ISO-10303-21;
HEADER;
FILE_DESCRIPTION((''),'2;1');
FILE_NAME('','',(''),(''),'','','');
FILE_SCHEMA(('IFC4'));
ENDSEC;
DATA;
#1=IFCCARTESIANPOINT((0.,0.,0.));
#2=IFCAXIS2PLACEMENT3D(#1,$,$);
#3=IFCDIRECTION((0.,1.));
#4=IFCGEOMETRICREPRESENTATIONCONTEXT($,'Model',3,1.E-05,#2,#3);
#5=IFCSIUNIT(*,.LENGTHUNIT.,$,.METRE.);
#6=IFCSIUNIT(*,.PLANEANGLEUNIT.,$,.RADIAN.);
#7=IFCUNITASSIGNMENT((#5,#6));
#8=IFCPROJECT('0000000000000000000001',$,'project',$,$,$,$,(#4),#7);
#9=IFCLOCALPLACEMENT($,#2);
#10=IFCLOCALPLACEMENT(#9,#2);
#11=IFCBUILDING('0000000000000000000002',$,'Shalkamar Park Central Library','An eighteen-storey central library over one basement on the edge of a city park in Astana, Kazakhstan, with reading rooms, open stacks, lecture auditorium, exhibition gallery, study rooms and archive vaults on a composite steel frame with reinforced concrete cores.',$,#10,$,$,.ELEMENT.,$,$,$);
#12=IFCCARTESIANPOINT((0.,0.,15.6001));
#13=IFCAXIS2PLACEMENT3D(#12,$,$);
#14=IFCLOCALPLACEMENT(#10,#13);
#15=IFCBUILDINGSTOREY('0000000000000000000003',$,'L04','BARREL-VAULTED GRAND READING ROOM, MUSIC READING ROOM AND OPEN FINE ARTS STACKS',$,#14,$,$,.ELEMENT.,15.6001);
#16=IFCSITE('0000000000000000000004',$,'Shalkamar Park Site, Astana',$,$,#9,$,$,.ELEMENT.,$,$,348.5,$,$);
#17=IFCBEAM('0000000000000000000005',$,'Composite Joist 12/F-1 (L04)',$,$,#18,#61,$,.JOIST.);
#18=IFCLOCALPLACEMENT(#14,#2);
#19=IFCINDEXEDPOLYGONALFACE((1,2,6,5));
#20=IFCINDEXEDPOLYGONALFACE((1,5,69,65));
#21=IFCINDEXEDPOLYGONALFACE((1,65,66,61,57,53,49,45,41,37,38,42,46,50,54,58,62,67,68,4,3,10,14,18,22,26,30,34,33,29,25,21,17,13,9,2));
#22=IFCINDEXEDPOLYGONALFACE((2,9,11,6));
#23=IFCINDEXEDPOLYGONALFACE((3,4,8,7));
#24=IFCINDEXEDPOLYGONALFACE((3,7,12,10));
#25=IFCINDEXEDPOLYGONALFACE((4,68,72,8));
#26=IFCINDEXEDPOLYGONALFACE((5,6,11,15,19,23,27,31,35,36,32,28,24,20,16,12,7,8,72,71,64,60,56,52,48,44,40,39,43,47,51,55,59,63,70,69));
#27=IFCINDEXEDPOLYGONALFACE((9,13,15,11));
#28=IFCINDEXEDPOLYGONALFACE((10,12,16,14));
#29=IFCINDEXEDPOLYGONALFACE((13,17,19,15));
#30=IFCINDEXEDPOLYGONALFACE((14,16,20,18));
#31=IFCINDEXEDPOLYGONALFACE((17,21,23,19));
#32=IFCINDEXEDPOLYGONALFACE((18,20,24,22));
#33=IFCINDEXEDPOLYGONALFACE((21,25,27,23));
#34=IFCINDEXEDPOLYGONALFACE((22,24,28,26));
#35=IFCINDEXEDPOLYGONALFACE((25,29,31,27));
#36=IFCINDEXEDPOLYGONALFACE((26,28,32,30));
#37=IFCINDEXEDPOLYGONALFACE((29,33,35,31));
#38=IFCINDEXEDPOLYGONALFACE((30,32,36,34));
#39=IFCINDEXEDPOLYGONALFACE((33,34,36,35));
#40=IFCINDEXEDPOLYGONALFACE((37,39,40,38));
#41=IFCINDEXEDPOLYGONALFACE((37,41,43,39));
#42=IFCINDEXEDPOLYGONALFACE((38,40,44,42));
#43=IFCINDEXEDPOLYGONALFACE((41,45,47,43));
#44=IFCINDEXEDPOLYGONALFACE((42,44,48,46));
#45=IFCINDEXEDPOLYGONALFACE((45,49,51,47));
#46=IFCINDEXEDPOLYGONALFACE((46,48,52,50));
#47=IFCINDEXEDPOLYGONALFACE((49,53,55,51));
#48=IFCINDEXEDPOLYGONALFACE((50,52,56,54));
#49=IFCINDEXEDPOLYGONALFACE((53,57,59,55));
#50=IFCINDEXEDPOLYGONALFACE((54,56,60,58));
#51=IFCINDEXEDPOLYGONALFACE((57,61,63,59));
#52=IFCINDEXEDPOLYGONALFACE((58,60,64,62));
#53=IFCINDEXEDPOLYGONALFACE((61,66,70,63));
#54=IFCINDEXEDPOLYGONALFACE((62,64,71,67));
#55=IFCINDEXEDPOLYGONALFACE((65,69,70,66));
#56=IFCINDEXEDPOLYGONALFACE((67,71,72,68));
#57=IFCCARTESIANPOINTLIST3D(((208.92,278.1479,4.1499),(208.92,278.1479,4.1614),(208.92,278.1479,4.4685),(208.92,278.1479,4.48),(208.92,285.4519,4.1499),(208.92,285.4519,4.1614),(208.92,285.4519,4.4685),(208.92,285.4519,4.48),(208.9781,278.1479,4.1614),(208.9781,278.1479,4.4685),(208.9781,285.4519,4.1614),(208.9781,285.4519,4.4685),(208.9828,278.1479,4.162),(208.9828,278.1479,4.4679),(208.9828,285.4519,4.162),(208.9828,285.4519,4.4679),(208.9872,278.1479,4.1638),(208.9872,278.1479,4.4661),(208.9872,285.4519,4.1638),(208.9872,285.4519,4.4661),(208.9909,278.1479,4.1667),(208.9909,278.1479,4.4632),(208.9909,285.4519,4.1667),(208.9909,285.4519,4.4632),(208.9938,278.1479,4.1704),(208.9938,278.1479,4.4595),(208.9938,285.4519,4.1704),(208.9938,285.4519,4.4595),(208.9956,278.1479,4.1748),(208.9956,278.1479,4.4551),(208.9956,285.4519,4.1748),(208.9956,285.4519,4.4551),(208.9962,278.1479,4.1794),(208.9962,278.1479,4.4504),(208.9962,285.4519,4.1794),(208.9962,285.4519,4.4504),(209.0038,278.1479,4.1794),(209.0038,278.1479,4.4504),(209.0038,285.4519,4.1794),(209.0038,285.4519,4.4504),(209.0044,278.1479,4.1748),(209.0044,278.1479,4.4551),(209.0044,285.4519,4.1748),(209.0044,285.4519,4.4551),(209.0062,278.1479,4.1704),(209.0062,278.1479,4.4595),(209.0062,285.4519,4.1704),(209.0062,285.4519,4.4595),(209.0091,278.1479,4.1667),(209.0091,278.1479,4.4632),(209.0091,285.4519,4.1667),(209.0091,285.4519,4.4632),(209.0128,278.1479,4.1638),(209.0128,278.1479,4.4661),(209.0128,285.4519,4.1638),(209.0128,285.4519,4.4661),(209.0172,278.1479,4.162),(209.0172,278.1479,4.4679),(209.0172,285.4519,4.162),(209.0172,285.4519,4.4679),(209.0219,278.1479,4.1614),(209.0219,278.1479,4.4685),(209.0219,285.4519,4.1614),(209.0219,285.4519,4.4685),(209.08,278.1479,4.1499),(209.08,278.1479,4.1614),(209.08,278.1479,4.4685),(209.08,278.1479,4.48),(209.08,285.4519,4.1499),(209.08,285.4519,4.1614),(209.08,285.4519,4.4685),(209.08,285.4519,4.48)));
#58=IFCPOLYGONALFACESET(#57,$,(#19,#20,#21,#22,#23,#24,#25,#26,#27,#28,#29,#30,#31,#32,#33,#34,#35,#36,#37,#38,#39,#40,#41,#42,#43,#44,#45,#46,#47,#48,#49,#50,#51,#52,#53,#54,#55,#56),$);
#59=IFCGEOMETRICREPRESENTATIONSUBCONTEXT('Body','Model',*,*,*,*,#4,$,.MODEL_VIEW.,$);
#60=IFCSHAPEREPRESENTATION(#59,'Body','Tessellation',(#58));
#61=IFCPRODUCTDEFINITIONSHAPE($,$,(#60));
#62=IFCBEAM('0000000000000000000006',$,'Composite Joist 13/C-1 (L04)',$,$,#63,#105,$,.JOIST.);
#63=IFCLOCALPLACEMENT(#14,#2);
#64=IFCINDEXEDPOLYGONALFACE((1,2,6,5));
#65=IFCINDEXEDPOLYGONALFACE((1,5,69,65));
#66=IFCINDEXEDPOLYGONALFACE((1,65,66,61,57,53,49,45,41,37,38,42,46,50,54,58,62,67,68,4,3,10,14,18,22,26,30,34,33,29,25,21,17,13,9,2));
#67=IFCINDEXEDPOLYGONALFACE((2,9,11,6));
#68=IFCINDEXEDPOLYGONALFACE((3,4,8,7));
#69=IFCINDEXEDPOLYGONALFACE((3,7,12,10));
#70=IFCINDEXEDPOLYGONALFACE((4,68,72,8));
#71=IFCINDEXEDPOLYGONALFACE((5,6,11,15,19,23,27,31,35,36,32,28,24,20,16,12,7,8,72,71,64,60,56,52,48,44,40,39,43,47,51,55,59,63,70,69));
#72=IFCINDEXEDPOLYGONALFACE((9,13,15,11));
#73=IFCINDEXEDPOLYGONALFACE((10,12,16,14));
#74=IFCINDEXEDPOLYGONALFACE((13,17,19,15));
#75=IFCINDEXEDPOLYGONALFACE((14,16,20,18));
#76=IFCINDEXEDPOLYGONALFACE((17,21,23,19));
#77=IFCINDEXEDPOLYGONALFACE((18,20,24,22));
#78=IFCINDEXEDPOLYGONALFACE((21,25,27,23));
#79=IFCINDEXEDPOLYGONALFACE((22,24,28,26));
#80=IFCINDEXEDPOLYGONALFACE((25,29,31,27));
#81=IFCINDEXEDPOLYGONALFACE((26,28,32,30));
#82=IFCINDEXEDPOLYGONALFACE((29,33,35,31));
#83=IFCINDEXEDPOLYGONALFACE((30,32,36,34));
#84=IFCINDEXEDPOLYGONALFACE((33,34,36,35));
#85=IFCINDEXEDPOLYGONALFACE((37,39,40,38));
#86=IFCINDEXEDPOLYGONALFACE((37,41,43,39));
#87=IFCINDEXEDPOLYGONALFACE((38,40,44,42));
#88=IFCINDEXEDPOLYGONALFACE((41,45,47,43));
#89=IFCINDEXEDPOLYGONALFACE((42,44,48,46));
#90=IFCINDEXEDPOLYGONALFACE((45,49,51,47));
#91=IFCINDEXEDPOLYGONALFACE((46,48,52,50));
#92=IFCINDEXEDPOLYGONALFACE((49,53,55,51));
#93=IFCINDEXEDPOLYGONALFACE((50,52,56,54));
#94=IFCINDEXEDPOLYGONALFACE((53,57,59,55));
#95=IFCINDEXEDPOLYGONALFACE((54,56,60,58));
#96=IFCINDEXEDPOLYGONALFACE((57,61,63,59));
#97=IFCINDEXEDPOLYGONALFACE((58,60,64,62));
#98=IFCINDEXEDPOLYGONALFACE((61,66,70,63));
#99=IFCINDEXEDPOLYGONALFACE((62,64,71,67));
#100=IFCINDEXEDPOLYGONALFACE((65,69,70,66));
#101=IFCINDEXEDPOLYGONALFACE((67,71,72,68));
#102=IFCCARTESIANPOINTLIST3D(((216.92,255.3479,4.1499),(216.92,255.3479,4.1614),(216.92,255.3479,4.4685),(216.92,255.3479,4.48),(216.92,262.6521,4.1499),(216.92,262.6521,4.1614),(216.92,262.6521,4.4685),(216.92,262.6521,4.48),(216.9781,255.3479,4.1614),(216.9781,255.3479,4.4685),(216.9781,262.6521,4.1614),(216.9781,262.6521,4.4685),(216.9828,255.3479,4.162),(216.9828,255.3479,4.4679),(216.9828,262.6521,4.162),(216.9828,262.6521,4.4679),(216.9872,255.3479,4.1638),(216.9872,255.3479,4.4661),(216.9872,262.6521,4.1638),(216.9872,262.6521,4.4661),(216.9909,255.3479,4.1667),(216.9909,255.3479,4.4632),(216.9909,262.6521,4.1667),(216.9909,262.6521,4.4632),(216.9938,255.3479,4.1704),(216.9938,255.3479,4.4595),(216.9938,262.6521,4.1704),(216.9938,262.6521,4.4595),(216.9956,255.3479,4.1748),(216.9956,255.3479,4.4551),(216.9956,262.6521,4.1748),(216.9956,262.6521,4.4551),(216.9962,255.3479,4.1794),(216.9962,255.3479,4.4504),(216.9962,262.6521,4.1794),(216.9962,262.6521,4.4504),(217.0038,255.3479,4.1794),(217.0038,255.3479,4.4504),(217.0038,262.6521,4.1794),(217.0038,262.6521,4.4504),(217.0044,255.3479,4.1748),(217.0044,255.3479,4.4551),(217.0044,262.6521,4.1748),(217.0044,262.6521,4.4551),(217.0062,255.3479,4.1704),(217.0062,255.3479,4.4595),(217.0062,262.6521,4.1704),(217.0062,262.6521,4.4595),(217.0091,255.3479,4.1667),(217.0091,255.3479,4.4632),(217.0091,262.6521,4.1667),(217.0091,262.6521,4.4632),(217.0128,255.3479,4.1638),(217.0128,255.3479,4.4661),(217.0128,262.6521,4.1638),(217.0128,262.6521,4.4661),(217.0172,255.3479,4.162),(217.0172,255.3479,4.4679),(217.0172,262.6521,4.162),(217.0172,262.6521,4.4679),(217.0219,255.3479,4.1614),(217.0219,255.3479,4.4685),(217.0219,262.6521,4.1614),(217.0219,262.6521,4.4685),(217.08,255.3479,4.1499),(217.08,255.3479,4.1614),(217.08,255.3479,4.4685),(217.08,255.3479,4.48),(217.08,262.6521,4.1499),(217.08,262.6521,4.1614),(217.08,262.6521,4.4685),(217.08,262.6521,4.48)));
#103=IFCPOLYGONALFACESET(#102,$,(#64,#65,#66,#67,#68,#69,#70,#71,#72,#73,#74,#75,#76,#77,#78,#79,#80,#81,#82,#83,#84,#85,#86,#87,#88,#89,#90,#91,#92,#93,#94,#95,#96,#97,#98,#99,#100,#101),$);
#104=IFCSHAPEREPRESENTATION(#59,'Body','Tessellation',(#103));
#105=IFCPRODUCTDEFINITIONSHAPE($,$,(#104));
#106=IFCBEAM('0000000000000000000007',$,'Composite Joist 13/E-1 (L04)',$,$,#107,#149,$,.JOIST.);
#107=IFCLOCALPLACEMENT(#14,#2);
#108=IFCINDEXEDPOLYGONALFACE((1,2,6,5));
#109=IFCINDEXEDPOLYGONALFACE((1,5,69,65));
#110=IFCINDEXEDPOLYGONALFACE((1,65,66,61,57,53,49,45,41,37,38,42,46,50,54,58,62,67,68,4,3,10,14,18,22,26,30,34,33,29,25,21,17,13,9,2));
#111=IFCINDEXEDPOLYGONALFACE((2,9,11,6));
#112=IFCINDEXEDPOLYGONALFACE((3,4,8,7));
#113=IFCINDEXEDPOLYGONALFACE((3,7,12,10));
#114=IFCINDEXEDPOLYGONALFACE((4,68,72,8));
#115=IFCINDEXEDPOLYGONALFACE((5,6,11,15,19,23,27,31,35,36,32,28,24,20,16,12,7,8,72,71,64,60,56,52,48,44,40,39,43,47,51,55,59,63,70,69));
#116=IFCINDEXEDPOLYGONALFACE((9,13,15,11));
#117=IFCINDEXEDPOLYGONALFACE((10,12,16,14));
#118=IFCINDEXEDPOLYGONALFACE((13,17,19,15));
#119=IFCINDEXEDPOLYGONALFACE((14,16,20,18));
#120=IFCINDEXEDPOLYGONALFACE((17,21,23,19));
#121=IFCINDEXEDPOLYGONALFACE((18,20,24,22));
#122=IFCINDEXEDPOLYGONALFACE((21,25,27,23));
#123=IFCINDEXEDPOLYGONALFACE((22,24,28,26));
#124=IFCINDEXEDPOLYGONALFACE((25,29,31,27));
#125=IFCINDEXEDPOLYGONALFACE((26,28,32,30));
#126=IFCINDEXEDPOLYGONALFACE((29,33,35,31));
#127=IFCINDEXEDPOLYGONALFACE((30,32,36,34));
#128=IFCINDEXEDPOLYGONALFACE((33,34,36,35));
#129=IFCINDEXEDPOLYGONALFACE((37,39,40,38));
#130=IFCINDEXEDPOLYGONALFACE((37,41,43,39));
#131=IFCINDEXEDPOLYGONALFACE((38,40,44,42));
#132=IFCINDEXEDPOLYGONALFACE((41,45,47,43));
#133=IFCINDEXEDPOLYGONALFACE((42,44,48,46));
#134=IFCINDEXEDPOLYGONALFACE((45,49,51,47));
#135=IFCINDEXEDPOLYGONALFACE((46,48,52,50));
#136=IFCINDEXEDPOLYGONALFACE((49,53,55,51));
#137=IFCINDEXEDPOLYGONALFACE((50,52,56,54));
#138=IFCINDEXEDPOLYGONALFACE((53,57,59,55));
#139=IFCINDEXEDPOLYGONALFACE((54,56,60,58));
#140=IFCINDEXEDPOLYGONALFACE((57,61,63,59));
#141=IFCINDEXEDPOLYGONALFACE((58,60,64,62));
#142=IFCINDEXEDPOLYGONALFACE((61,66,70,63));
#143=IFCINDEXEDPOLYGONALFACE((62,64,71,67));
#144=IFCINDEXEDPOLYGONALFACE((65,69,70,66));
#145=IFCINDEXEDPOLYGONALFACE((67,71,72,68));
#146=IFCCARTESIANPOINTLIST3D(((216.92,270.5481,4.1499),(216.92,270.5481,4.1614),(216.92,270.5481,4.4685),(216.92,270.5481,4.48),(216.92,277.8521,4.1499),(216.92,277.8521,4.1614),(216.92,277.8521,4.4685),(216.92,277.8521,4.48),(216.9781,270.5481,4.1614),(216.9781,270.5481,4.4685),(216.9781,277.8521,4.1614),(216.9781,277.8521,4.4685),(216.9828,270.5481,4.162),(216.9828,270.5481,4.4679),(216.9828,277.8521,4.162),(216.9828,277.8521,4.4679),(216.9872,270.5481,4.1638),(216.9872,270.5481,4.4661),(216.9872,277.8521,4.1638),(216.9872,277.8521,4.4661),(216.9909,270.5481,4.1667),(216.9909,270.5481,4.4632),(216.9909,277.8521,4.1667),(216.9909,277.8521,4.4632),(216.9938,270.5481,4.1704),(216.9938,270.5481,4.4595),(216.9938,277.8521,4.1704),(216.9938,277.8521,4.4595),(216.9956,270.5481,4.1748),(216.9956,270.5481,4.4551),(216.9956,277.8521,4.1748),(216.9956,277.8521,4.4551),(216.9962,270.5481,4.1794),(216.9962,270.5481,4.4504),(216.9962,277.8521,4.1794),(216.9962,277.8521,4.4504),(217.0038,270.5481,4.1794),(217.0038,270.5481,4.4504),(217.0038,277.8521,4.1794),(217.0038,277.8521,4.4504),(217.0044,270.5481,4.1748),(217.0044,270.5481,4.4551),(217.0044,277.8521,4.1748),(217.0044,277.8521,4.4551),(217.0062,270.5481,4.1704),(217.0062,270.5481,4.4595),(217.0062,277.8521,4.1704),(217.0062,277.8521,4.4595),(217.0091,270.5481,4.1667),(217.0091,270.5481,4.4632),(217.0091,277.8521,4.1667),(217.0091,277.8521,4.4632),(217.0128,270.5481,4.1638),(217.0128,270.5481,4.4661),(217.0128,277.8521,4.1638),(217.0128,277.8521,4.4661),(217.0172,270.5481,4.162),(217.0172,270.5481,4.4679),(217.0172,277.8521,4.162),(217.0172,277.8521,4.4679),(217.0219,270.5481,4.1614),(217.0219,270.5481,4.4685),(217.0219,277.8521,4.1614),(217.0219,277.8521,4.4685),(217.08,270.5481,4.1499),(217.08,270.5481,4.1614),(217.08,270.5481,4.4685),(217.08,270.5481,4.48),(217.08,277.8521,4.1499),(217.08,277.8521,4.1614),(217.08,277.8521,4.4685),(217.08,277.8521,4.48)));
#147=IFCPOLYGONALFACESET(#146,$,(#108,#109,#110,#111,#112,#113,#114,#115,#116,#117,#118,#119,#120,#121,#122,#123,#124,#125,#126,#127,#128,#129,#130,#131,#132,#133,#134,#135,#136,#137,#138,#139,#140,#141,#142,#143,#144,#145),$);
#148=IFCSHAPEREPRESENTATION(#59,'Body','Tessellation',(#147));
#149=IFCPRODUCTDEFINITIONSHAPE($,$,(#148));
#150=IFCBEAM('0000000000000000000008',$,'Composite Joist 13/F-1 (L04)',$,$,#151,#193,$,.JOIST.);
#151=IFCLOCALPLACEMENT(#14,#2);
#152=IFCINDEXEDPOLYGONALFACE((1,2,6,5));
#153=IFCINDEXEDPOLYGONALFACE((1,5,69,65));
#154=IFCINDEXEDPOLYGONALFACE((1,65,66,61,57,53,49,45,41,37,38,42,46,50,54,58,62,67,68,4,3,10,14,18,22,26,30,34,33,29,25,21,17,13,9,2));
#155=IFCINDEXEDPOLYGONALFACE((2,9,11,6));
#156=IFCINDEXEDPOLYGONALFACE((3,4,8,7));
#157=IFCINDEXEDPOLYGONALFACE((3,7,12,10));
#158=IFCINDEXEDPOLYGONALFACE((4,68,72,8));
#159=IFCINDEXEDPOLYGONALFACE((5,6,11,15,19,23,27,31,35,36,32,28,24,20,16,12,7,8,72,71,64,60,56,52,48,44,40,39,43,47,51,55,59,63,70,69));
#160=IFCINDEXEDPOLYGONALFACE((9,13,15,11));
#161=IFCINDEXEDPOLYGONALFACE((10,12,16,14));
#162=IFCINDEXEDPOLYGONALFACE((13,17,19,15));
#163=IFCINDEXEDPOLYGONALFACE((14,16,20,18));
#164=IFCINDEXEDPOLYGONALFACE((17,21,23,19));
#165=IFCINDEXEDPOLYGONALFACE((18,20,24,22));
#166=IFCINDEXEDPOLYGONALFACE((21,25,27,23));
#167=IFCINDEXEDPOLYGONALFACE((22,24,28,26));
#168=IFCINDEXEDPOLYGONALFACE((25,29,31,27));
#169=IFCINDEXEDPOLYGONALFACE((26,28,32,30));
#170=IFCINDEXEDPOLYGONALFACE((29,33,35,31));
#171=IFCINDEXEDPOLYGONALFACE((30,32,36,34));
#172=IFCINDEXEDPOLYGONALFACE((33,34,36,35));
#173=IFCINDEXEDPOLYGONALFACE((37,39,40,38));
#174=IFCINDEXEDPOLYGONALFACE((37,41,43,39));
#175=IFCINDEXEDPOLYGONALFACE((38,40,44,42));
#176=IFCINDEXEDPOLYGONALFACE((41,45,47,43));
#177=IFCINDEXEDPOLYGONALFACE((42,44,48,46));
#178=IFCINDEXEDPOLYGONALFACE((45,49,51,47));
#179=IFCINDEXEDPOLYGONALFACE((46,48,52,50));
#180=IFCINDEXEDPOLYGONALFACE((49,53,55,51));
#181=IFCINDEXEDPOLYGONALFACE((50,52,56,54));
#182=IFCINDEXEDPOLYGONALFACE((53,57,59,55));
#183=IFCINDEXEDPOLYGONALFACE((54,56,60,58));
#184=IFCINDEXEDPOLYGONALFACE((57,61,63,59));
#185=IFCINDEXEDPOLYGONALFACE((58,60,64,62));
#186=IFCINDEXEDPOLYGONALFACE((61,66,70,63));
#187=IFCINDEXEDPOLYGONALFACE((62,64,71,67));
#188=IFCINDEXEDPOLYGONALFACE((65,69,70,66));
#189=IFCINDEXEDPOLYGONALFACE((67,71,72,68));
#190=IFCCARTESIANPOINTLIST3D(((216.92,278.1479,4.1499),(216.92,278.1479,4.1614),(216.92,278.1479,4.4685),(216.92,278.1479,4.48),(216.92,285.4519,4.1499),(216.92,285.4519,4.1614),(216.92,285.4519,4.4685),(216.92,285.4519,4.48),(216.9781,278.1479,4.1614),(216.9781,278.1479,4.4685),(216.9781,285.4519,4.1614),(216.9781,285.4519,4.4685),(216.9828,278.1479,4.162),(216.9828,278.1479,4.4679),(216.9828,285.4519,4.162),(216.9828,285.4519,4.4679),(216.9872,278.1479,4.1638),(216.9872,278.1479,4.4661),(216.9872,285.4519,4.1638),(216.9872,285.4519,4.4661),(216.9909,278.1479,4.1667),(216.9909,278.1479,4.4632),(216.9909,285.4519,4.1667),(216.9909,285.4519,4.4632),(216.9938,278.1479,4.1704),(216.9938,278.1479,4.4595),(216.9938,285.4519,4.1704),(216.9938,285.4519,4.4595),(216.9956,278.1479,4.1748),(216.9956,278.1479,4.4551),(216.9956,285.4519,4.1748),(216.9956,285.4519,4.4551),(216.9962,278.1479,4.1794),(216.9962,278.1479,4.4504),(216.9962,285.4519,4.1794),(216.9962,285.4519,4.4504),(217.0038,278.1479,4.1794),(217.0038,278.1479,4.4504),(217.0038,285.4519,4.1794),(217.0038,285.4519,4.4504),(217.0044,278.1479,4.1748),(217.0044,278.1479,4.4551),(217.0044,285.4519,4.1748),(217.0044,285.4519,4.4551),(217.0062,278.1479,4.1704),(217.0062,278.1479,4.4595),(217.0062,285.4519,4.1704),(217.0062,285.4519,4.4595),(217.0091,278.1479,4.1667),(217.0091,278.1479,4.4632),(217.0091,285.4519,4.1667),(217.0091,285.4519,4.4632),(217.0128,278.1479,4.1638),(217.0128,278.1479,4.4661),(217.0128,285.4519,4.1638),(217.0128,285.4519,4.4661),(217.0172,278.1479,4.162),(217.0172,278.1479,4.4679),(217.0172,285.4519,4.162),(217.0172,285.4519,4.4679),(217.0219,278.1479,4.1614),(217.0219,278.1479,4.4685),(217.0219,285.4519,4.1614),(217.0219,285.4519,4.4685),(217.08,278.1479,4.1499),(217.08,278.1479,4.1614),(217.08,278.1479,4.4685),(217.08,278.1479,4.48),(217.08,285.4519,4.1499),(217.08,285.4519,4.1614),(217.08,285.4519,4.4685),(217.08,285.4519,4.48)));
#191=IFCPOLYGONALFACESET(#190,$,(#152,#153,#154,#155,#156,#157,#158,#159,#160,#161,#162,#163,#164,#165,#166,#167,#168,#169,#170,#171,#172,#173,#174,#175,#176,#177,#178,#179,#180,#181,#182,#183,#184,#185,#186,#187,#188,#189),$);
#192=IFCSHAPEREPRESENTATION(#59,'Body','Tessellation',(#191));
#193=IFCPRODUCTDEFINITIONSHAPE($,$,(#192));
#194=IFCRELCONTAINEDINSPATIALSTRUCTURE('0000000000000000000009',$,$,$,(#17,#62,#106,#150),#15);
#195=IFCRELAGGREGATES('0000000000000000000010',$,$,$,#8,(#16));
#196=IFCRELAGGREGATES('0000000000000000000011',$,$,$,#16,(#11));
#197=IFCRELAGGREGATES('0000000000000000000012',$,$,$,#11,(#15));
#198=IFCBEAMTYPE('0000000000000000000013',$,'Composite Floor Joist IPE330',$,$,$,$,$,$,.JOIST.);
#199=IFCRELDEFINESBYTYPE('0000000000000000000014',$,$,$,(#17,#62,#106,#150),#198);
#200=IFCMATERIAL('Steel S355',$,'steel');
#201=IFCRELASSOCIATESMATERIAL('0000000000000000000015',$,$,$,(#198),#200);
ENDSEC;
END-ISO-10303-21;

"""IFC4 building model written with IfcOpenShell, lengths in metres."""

from ifc_helpers import new_model, si_unit, direction, frame, origin, origin_2d, place, context, subcontext, project, spatial, i_section, extrude, material, material_profile, profile_set, type_object, element, save


model = new_model("IFC4")

# Units and contexts
model_context = context("Model", 3, precision=1e-05, world=origin(), true_north=direction((0.0, 1.0)))
body_context = subcontext(model_context, "Body", "Model", "MODEL_VIEW")
ifc_project = project(units=[si_unit("LENGTHUNIT", "METRE"), si_unit("PLANEANGLEUNIT", "RADIAN")], contexts=[model_context])

# Site, building, storey
site_placement = place(None, origin())
site = spatial("IfcSite", under=ifc_project, at=site_placement, Name="Shalkamar Park Site, Astana", CompositionType="ELEMENT", RefElevation=348.5)
building_placement = place(site_placement, origin())
building = spatial("IfcBuilding", under=site, at=building_placement, Name="Shalkamar Park Central Library", Description="An eighteen-storey central library over one basement on the edge of a city park in Astana, Kazakhstan, with reading rooms, open stacks, lecture auditorium, exhibition gallery, study rooms and archive vaults on a composite steel frame with reinforced concrete cores.", CompositionType="ELEMENT")
storey_placement = place(building_placement, frame((0.0, 0.0, 15.6001)))
storey = spatial("IfcBuildingStorey", under=building, at=storey_placement, Name="L04", Description="BARREL-VAULTED GRAND READING ROOM, MUSIC READING ROOM AND OPEN FINE ARTS STACKS", CompositionType="ELEMENT", Elevation=15.6001)

# Shared definitions
ifc_material = material(Name="Steel S355", Category="steel")

# Beams
ifc_material_profile_1 = material_profile(ifc_material, i_section(OverallWidth=0.1599, OverallDepth=0.3301, WebThickness=0.0076, FlangeThickness=0.0115, FilletRadius=0.0181, at=origin_2d()), Name="IPE 330")
ifc_profile_set_1 = profile_set([ifc_material_profile_1], Name="Steel S355")
beam_type_1 = type_object("IfcBeamType", Name="Composite Floor Joist IPE330", PredefinedType="JOIST", material=ifc_profile_set_1)
for number, where, z_axis, x_axis, name in (
    (1, (209.0, 278.1479, 4.3149), (0.0, 1.0, 0.0), (-1.0, 0.0, 0.0), "Composite Joist 12/F-1 (L04)"),
):
    element("IfcBeam", number, at=place(storey_placement, frame(where, z_axis=z_axis, x_axis=x_axis)), inside=storey, type_object=beam_type_1, Name=name, PredefinedType="JOIST", context=body_context, shape_type="SweptSolid", body=[
        extrude(i_section(OverallWidth=0.1599, OverallDepth=0.3301, WebThickness=0.0076, FlangeThickness=0.0115, FilletRadius=0.0181, at=origin_2d()), origin(), (0.0, 0.0, 1.0), 7.304),
    ])
beam_1_placement = place(storey_placement, frame((217.0, 255.3479, 4.3149), z_axis=(0.0, 1.0, 0.0), x_axis=(-1.0, 0.0, 0.0)))
element("IfcBeam", 2, at=beam_1_placement, inside=storey, type_object=beam_type_1, Name="Composite Joist 13/C-1 (L04)", PredefinedType="JOIST", context=body_context, shape_type="SweptSolid", body=[
    extrude(i_section(OverallWidth=0.1599, OverallDepth=0.3301, WebThickness=0.0076, FlangeThickness=0.0115, FilletRadius=0.0181, at=origin_2d()), origin(), (0.0, 0.0, 1.0), 7.3042),
])
for number, where, z_axis, x_axis, name in (
    (3, (217.0, 270.5481, 4.3149), (0.0, 1.0, 0.0), (-1.0, 0.0, 0.0), "Composite Joist 13/E-1 (L04)"),
    (4, (217.0, 278.1479, 4.3149), (0.0, 1.0, 0.0), (-1.0, 0.0, 0.0), "Composite Joist 13/F-1 (L04)"),
):
    element("IfcBeam", number, at=place(storey_placement, frame(where, z_axis=z_axis, x_axis=x_axis)), inside=storey, type_object=beam_type_1, Name=name, PredefinedType="JOIST", context=body_context, shape_type="SweptSolid", body=[
        extrude(i_section(OverallWidth=0.1599, OverallDepth=0.3301, WebThickness=0.0076, FlangeThickness=0.0115, FilletRadius=0.0181, at=origin_2d()), origin(), (0.0, 0.0, 1.0), 7.304),
    ])

save(model, "model.ifc")
